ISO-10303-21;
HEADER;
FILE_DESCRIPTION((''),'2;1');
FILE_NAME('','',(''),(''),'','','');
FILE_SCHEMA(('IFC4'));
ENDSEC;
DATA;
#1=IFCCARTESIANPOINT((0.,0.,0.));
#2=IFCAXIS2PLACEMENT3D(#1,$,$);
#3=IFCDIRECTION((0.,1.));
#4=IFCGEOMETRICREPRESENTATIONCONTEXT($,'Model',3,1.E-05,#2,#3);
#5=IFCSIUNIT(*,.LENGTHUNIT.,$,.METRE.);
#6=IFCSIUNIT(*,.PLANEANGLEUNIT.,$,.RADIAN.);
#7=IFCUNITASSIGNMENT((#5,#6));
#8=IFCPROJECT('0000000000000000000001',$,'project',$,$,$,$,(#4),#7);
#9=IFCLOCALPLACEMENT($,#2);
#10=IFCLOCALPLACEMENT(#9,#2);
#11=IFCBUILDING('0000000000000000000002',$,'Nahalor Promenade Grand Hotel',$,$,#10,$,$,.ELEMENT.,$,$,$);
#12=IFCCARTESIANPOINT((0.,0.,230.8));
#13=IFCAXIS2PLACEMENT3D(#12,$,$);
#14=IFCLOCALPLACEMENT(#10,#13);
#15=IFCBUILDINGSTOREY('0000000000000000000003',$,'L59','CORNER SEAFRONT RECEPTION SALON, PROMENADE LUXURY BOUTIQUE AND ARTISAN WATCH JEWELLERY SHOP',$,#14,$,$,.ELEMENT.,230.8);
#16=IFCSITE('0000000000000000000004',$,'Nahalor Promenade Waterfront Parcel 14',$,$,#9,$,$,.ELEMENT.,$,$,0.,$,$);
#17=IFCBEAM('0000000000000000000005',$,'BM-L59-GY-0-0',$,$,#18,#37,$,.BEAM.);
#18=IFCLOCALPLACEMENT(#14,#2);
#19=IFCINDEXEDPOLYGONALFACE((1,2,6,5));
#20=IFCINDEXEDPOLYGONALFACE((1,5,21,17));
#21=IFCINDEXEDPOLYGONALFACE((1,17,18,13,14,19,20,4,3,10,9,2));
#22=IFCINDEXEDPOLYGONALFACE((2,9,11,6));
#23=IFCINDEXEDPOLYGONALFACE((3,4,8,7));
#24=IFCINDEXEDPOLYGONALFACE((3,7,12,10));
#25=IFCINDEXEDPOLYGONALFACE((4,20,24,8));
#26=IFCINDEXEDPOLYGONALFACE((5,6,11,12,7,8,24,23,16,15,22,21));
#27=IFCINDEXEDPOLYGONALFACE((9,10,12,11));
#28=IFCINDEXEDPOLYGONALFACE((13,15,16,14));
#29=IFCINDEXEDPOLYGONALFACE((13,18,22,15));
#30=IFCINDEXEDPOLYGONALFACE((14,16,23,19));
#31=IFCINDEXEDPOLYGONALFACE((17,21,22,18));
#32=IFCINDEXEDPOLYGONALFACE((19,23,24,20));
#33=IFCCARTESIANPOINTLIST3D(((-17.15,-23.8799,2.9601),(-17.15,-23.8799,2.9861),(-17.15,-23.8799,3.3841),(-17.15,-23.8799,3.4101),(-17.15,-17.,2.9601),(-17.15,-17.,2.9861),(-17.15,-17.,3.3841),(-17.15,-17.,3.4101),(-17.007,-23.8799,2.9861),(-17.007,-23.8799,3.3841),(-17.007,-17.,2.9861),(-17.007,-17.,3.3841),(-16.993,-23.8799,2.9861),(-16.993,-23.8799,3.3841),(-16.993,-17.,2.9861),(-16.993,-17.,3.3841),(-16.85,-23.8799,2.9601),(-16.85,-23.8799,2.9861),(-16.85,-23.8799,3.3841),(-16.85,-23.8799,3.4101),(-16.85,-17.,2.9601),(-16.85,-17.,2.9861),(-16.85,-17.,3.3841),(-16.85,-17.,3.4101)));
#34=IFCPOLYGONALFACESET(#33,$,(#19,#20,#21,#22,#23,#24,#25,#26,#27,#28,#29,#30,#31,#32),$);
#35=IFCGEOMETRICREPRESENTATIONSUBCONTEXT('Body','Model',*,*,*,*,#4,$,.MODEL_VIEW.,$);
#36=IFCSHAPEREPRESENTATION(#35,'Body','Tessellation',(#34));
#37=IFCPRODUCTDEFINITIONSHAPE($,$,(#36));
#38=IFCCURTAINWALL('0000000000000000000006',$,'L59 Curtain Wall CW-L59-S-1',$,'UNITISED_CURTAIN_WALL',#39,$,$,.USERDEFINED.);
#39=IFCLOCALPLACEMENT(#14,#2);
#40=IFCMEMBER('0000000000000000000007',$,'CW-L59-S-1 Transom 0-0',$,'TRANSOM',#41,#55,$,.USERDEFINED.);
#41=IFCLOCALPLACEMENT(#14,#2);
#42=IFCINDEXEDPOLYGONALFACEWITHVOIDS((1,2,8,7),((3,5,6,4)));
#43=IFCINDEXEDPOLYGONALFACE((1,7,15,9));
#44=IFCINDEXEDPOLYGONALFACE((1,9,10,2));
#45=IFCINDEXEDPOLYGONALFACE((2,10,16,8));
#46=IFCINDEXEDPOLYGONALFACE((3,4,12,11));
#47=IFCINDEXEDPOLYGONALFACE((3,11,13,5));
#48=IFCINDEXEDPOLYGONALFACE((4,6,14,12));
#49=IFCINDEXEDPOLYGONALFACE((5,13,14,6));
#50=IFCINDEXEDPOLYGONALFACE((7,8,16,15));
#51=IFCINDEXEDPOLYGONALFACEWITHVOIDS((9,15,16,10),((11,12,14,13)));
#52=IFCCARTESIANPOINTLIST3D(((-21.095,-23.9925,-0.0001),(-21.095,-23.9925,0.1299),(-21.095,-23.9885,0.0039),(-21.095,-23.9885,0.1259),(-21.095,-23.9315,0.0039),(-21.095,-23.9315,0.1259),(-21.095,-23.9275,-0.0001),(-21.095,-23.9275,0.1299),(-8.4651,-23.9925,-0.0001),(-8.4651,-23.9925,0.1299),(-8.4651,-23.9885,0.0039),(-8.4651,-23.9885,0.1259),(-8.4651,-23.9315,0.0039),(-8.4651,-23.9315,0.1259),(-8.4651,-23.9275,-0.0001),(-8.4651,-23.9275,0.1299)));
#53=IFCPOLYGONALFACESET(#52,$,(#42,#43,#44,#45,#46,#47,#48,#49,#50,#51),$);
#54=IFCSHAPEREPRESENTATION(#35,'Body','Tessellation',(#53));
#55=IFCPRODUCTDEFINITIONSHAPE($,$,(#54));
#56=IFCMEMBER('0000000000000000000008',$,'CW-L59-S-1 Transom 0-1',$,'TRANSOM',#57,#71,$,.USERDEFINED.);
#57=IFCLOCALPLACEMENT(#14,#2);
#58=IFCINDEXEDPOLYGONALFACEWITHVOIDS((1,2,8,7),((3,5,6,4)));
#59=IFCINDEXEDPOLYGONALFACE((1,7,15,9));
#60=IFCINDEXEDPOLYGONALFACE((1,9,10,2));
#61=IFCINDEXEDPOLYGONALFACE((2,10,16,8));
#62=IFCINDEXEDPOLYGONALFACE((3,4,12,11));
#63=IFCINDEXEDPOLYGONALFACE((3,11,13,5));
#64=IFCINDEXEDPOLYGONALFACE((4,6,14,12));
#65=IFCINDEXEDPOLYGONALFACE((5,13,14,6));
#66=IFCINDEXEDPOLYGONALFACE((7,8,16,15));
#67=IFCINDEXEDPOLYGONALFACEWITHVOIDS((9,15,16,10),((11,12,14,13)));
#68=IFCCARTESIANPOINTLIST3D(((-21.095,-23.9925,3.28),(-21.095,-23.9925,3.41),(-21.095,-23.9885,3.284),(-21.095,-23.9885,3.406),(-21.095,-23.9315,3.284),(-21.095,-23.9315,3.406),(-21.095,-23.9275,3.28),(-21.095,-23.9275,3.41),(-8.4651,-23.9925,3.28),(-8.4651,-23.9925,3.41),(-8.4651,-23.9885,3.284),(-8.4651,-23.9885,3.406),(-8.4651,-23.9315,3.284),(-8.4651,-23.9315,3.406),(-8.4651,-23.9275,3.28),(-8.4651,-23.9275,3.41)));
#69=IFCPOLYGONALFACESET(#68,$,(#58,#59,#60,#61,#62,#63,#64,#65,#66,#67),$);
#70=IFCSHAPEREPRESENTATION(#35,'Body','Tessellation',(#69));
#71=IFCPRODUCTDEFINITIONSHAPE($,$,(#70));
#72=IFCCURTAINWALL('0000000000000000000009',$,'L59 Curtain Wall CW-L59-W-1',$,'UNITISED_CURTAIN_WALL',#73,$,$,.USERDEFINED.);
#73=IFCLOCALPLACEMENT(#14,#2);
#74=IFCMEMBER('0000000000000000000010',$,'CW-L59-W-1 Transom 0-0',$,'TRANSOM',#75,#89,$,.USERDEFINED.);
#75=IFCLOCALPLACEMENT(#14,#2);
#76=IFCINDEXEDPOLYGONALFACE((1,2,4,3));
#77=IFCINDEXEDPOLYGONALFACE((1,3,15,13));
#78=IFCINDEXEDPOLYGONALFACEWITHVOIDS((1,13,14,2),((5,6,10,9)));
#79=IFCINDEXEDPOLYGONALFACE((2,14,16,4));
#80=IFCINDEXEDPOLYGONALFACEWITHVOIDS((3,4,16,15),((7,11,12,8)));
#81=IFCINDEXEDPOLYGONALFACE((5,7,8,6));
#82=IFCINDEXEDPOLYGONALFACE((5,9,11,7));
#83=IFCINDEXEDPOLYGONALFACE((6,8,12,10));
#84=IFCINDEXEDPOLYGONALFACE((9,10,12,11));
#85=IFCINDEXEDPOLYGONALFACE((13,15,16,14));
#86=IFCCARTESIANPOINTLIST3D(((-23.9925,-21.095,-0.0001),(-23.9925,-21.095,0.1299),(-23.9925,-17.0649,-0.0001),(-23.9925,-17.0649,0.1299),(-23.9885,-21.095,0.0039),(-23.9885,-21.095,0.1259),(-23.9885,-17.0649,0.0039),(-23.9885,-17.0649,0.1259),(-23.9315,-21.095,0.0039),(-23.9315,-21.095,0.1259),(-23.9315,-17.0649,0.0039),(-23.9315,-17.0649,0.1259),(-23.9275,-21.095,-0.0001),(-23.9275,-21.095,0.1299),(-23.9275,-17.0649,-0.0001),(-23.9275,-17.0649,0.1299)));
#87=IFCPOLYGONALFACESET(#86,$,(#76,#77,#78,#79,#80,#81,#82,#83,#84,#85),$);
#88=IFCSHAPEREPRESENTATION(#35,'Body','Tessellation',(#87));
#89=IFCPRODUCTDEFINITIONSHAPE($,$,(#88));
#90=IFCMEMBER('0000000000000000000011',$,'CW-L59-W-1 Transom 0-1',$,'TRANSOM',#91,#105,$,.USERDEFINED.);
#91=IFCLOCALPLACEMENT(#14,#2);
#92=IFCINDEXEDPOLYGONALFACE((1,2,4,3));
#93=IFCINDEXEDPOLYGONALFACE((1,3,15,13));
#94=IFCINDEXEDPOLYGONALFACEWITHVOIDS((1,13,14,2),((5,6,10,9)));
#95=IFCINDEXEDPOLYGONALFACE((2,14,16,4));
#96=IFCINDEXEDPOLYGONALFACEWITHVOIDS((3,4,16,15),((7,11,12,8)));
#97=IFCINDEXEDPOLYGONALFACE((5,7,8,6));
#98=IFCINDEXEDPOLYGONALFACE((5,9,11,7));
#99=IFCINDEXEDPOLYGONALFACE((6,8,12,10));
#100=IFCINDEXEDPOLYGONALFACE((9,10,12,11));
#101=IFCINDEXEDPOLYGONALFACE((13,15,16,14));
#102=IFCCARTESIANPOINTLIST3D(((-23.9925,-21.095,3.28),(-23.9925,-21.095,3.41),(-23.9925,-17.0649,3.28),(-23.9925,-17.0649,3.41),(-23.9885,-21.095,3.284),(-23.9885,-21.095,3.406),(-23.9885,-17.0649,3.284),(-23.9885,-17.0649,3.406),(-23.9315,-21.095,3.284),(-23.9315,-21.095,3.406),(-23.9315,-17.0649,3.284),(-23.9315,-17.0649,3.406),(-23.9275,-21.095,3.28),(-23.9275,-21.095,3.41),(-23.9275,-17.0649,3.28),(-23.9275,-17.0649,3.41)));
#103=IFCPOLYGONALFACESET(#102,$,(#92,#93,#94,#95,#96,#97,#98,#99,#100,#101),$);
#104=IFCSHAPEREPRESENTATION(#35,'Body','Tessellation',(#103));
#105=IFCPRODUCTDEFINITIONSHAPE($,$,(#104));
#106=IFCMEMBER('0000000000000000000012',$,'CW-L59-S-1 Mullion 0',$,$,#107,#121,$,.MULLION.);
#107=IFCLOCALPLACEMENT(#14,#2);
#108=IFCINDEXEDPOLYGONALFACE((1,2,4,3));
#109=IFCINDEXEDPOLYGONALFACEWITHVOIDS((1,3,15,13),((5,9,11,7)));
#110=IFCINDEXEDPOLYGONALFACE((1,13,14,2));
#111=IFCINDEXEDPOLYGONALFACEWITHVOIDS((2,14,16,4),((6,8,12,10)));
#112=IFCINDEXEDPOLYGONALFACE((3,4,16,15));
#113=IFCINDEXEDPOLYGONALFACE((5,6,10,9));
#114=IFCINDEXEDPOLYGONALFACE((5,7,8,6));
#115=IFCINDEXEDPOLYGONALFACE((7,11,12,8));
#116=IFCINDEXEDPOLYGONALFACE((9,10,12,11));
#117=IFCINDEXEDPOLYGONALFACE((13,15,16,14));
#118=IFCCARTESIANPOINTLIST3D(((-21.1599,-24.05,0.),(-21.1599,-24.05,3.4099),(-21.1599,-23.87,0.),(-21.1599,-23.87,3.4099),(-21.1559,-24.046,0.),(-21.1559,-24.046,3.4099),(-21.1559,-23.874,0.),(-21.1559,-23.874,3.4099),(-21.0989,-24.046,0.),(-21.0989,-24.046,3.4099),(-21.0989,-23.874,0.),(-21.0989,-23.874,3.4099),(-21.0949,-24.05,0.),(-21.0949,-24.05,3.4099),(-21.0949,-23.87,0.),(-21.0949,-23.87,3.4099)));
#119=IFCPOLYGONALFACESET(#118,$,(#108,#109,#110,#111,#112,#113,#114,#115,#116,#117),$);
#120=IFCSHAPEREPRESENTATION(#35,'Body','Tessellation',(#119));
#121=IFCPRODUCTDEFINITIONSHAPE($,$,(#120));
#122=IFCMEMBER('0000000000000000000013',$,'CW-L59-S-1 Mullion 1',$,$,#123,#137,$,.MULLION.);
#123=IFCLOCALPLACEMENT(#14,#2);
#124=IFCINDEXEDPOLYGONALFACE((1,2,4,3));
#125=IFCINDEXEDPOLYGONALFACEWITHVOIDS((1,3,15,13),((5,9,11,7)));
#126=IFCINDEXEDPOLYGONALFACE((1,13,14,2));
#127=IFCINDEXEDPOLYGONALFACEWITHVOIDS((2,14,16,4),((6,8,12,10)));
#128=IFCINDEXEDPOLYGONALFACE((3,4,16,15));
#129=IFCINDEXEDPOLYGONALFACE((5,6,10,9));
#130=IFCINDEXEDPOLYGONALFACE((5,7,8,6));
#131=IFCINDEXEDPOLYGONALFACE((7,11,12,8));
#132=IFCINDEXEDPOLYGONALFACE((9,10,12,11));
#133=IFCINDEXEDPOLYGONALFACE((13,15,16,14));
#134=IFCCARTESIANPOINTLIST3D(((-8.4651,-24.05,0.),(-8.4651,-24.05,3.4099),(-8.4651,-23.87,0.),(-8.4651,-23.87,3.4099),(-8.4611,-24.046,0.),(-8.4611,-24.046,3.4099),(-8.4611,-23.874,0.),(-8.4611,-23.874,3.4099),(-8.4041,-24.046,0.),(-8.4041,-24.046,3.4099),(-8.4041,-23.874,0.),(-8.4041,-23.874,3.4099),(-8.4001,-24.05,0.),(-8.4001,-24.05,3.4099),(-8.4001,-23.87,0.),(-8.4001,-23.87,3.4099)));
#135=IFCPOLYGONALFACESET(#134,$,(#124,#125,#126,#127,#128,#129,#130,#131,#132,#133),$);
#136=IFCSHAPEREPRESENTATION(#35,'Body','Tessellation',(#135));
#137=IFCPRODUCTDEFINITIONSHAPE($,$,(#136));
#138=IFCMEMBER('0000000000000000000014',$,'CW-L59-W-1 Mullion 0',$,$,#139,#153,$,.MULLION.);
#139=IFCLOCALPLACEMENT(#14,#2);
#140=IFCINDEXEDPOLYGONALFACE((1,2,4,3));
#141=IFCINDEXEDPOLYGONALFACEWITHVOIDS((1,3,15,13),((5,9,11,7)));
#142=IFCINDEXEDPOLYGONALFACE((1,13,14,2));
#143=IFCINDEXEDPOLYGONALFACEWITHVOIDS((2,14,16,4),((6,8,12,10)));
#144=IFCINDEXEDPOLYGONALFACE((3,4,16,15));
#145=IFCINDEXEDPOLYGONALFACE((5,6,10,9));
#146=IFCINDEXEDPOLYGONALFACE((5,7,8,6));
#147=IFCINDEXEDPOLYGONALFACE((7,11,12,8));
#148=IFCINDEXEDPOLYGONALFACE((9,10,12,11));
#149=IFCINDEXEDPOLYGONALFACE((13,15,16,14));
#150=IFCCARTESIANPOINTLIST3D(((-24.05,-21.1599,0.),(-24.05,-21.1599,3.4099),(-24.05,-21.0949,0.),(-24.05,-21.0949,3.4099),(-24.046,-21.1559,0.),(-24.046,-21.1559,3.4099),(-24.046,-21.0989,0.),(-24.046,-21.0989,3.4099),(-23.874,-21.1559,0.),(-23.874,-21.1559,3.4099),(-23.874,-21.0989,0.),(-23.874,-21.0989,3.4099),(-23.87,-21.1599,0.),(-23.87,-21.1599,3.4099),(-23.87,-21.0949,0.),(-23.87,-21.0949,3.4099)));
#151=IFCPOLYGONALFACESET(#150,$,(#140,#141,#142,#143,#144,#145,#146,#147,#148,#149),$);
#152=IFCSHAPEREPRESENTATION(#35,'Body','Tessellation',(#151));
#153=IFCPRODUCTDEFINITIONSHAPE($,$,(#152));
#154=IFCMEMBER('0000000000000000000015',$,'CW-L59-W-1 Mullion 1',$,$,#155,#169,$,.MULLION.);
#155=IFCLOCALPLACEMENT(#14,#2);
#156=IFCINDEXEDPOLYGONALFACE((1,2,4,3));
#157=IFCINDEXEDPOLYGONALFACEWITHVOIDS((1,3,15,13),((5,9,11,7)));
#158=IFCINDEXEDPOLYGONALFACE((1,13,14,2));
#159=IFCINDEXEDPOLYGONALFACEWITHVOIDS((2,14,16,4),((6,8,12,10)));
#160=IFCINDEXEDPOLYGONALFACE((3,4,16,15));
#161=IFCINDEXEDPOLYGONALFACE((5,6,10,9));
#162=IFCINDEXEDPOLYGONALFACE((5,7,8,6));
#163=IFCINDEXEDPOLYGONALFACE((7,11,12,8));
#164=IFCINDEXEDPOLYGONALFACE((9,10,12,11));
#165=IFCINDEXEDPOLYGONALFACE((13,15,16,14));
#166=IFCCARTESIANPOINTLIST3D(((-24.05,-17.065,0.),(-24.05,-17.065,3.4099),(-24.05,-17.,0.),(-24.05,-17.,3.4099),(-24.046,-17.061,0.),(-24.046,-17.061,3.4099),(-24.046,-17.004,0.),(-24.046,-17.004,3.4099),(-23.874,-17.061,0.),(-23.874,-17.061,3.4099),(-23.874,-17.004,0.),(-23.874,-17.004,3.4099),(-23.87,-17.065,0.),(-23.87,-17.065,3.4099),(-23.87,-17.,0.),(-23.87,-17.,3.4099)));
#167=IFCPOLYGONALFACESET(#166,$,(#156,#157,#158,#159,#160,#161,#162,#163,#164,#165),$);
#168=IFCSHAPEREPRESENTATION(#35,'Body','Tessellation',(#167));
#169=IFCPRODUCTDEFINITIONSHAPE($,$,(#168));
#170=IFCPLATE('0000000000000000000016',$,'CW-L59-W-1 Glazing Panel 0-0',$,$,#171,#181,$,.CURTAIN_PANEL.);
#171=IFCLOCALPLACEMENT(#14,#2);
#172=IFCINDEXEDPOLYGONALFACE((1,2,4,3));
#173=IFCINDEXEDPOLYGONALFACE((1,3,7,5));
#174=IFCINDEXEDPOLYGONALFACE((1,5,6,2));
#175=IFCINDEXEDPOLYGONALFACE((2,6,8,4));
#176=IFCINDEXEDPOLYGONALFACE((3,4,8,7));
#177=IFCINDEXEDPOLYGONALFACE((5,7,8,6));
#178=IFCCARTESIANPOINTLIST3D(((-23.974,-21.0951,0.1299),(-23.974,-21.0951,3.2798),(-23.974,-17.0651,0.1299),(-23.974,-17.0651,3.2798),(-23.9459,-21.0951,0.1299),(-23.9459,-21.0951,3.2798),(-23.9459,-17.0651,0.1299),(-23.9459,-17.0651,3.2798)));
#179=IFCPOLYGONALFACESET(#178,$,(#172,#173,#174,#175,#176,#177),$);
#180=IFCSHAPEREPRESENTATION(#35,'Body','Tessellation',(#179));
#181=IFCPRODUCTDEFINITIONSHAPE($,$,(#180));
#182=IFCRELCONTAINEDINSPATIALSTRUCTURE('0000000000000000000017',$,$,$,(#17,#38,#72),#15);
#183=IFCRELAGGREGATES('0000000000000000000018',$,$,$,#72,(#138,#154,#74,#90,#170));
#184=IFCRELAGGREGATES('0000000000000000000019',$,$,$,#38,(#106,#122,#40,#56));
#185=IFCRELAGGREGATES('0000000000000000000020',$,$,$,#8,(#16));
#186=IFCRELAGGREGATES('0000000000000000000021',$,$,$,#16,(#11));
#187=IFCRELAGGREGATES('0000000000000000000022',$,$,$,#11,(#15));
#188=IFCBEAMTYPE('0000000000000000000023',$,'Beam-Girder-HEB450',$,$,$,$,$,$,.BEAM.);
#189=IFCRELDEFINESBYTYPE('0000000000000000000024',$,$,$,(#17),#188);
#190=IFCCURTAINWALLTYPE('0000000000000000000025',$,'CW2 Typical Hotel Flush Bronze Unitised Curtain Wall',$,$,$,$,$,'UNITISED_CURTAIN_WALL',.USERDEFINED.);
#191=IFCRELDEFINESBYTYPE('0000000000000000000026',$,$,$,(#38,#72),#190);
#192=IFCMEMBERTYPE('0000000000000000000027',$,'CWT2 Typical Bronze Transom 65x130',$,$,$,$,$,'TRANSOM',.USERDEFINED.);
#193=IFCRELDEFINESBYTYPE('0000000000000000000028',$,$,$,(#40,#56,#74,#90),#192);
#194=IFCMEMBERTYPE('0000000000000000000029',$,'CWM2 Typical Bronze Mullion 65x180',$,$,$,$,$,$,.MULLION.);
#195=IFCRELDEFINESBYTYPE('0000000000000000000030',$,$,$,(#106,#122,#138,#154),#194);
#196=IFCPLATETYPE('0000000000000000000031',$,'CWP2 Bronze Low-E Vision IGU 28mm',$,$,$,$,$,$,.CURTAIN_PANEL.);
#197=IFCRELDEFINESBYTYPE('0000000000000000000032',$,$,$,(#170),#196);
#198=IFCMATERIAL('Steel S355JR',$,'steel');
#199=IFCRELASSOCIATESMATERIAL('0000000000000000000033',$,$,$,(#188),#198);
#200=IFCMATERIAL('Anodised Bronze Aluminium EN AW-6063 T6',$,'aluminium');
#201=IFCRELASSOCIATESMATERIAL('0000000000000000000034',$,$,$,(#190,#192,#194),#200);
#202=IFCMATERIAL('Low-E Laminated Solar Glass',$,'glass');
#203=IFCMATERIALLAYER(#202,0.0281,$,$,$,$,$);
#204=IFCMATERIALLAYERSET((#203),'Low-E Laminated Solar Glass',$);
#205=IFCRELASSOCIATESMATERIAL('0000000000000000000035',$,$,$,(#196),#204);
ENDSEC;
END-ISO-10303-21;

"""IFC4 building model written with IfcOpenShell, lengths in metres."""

from ifc_helpers import new_model, si_unit, direction, frame, origin, origin_2d, place, context, subcontext, project, spatial, rectangle, hollow_rectangle, i_section, extrude, source, transform, mapped, material, layer, layer_set, material_profile, profile_set, type_object, element, aggregate, save


model = new_model("IFC4")

# Units and contexts
model_context = context("Model", 3, precision=1e-05, world=origin(), true_north=direction((0.0, 1.0)))
body_context = subcontext(model_context, "Body", "Model", "MODEL_VIEW")
ifc_project = project(units=[si_unit("LENGTHUNIT", "METRE"), si_unit("PLANEANGLEUNIT", "RADIAN")], contexts=[model_context])

# Site, building, storey
site_placement = place(None, origin())
site = spatial("IfcSite", under=ifc_project, at=site_placement, Name="Nahalor Promenade Waterfront Parcel 14", CompositionType="ELEMENT", RefElevation=0.0)
building_placement = place(site_placement, origin())
building = spatial("IfcBuilding", under=site, at=building_placement, Name="Nahalor Promenade Grand Hotel", CompositionType="ELEMENT")
storey_placement = place(building_placement, frame((0.0, 0.0, 230.8)))
storey = spatial("IfcBuildingStorey", under=building, at=storey_placement, Name="L59", Description="CORNER SEAFRONT RECEPTION SALON, PROMENADE LUXURY BOUTIQUE AND ARTISAN WATCH JEWELLERY SHOP", CompositionType="ELEMENT", Elevation=230.8)

# Shared definitions
ifc_material_1 = material(Name="Steel S355JR", Category="steel")

# Beam
ifc_material_profile_1 = material_profile(ifc_material_1, i_section(OverallWidth=0.3, OverallDepth=0.45, WebThickness=0.014, FlangeThickness=0.026, at=origin_2d()), Name="HEB 450")
ifc_profile_set_1 = profile_set([ifc_material_profile_1], Name="Steel S355JR")
beam_type_1 = type_object("IfcBeamType", Name="Beam-Girder-HEB450", PredefinedType="BEAM", material=ifc_profile_set_1)
shared_shape_1 = source(origin(), body_context, "Body", "SweptSolid", [
    extrude(i_section(OverallWidth=0.3, OverallDepth=0.45, WebThickness=0.014, FlangeThickness=0.026, at=origin_2d()), origin(), (0.0, 0.0, 1.0), 6.8799),
])
beam_1_placement = place(storey_placement, frame((-17.0, -23.8799, 3.1851), z_axis=(0.0, 1.0, 0.0), x_axis=(-1.0, 0.0, 0.0)))
element("IfcBeam", 1, at=beam_1_placement, inside=storey, type_object=beam_type_1, Name="BM-L59-GY-0-0", PredefinedType="BEAM", context=body_context, shape_type="MappedRepresentation", body=[
    mapped(shared_shape_1, transform((0.0, 0.0, 0.0), scale=1.0)),
])

# Curtain walls, members
ifc_material_2 = material(Name="Anodised Bronze Aluminium EN AW-6063 T6", Category="aluminium")
curtain_wall_type = type_object("IfcCurtainWallType", Name="CW2 Typical Hotel Flush Bronze Unitised Curtain Wall", ElementType="UNITISED_CURTAIN_WALL", PredefinedType="USERDEFINED", material=ifc_material_2)
curtain_wall_1_placement = place(storey_placement, origin())
curtain_wall_1 = element("IfcCurtainWall", 2, at=curtain_wall_1_placement, inside=storey, type_object=curtain_wall_type, Name="L59 Curtain Wall CW-L59-S-1", ObjectType="UNITISED_CURTAIN_WALL", PredefinedType="USERDEFINED")
ifc_material_profile_2 = material_profile(ifc_material_2, hollow_rectangle(XDim=0.065, YDim=0.13, WallThickness=0.004, at=origin_2d()), Name="CWT 65x130x4")
ifc_profile_set_2 = profile_set([ifc_material_profile_2], Name="Anodised Bronze Aluminium EN AW-6063 T6")
member_type_1 = type_object("IfcMemberType", Name="CWT2 Typical Bronze Transom 65x130", ElementType="TRANSOM", PredefinedType="USERDEFINED", material=ifc_profile_set_2)
shared_shape_2 = source(origin(), body_context, "Body", "SweptSolid", [
    extrude(hollow_rectangle(XDim=0.065, YDim=0.13, WallThickness=0.004, at=origin_2d()), origin(), (0.0, 0.0, 1.0), 12.6299),
])
member_1_placement = place(storey_placement, frame((-21.095, -23.96, 0.0649), z_axis=(1.0, 0.0, 0.0), x_axis=(0.0, 1.0, 0.0)))
member_1 = element("IfcMember", 3, at=member_1_placement, type_object=member_type_1, Name="CW-L59-S-1 Transom 0-0", ObjectType="TRANSOM", PredefinedType="USERDEFINED", context=body_context, shape_type="MappedRepresentation", body=[
    mapped(shared_shape_2, transform((0.0, 0.0, 0.0), scale=1.0)),
])
member_2_placement = place(storey_placement, frame((-21.095, -23.96, 3.345), z_axis=(1.0, 0.0, 0.0), x_axis=(0.0, 1.0, 0.0)))
member_2 = element("IfcMember", 4, at=member_2_placement, type_object=member_type_1, Name="CW-L59-S-1 Transom 0-1", ObjectType="TRANSOM", PredefinedType="USERDEFINED", context=body_context, shape_type="MappedRepresentation", body=[
    mapped(shared_shape_2, transform((0.0, 0.0, 0.0), scale=1.0)),
])
curtain_wall_2_placement = place(storey_placement, origin())
curtain_wall_2 = element("IfcCurtainWall", 5, at=curtain_wall_2_placement, inside=storey, type_object=curtain_wall_type, Name="L59 Curtain Wall CW-L59-W-1", ObjectType="UNITISED_CURTAIN_WALL", PredefinedType="USERDEFINED")
shared_shape_3 = source(origin(), body_context, "Body", "SweptSolid", [
    extrude(hollow_rectangle(XDim=0.065, YDim=0.13, WallThickness=0.004, at=origin_2d()), origin(), (0.0, 0.0, 1.0), 4.03),
])
member_3_placement = place(storey_placement, frame((-23.96, -21.095, 0.0649), z_axis=(0.0, 1.0, 0.0), x_axis=(-1.0, 0.0, 0.0)))
member_3 = element("IfcMember", 6, at=member_3_placement, type_object=member_type_1, Name="CW-L59-W-1 Transom 0-0", ObjectType="TRANSOM", PredefinedType="USERDEFINED", context=body_context, shape_type="MappedRepresentation", body=[
    mapped(shared_shape_3, transform((0.0, 0.0, 0.0), scale=1.0)),
])
member_4_placement = place(storey_placement, frame((-23.96, -21.095, 3.345), z_axis=(0.0, 1.0, 0.0), x_axis=(-1.0, 0.0, 0.0)))
member_4 = element("IfcMember", 7, at=member_4_placement, type_object=member_type_1, Name="CW-L59-W-1 Transom 0-1", ObjectType="TRANSOM", PredefinedType="USERDEFINED", context=body_context, shape_type="MappedRepresentation", body=[
    mapped(shared_shape_3, transform((0.0, 0.0, 0.0), scale=1.0)),
])

# Members
ifc_material_profile_3 = material_profile(ifc_material_2, hollow_rectangle(XDim=0.065, YDim=0.18, WallThickness=0.004, at=origin_2d()), Name="CWM 65x180x4")
ifc_profile_set_3 = profile_set([ifc_material_profile_3], Name="Anodised Bronze Aluminium EN AW-6063 T6")
member_type_2 = type_object("IfcMemberType", Name="CWM2 Typical Bronze Mullion 65x180", PredefinedType="MULLION", material=ifc_profile_set_3)
shared_shape_4 = source(origin(), body_context, "Body", "SweptSolid", [
    extrude(hollow_rectangle(XDim=0.065, YDim=0.18, WallThickness=0.004, at=origin_2d()), origin(), (0.0, 0.0, 1.0), 3.4099),
])
member_5_placement = place(storey_placement, frame((-21.1274, -23.96, 0.0), z_axis=(0.0, 0.0, 1.0), x_axis=(1.0, 0.0, 0.0)))
member_5 = element("IfcMember", 8, at=member_5_placement, type_object=member_type_2, Name="CW-L59-S-1 Mullion 0", PredefinedType="MULLION", context=body_context, shape_type="MappedRepresentation", body=[
    mapped(shared_shape_4, transform((0.0, 0.0, 0.0), scale=1.0)),
])
member_6_placement = place(storey_placement, frame((-8.4326, -23.96, 0.0), z_axis=(0.0, 0.0, 1.0), x_axis=(1.0, 0.0, 0.0)))
member_6 = element("IfcMember", 9, at=member_6_placement, type_object=member_type_2, Name="CW-L59-S-1 Mullion 1", PredefinedType="MULLION", context=body_context, shape_type="MappedRepresentation", body=[
    mapped(shared_shape_4, transform((0.0, 0.0, 0.0), scale=1.0)),
])
member_7_placement = place(storey_placement, frame((-23.96, -21.1274, 0.0), z_axis=(0.0, 0.0, 1.0), x_axis=(0.0, 1.0, 0.0)))
member_7 = element("IfcMember", 10, at=member_7_placement, type_object=member_type_2, Name="CW-L59-W-1 Mullion 0", PredefinedType="MULLION", context=body_context, shape_type="MappedRepresentation", body=[
    mapped(shared_shape_4, transform((0.0, 0.0, 0.0), scale=1.0)),
])
member_8_placement = place(storey_placement, frame((-23.96, -17.0325, 0.0), z_axis=(0.0, 0.0, 1.0), x_axis=(0.0, 1.0, 0.0)))
member_8 = element("IfcMember", 11, at=member_8_placement, type_object=member_type_2, Name="CW-L59-W-1 Mullion 1", PredefinedType="MULLION", context=body_context, shape_type="MappedRepresentation", body=[
    mapped(shared_shape_4, transform((0.0, 0.0, 0.0), scale=1.0)),
])

# Plate
ifc_material_3 = material(Name="Low-E Laminated Solar Glass", Category="glass")
ifc_layer_1 = layer(ifc_material_3, 0.0281)
ifc_layer_set_1 = layer_set([ifc_layer_1], Name="Low-E Laminated Solar Glass")
plate_type = type_object("IfcPlateType", Name="CWP2 Bronze Low-E Vision IGU 28mm", PredefinedType="CURTAIN_PANEL", material=ifc_layer_set_1)
shared_shape_5 = source(origin(), body_context, "Body", "SweptSolid", [
    extrude(rectangle(XDim=4.03, YDim=0.0281, at=origin_2d()), origin(), (0.0, 0.0, 1.0), 3.1499),
])
plate_1_placement = place(storey_placement, frame((-23.96, -19.0801, 0.1299), z_axis=(0.0, 0.0, 1.0), x_axis=(0.0, 1.0, 0.0)))
plate_1 = element("IfcPlate", 12, at=plate_1_placement, type_object=plate_type, Name="CW-L59-W-1 Glazing Panel 0-0", PredefinedType="CURTAIN_PANEL", context=body_context, shape_type="MappedRepresentation", body=[
    mapped(shared_shape_5, transform((0.0, 0.0, 0.0), scale=1.0)),
])
aggregate(curtain_wall_2, [member_7, member_8, member_3, member_4, plate_1])
aggregate(curtain_wall_1, [member_5, member_6, member_1, member_2])

save(model, "model.ifc")
